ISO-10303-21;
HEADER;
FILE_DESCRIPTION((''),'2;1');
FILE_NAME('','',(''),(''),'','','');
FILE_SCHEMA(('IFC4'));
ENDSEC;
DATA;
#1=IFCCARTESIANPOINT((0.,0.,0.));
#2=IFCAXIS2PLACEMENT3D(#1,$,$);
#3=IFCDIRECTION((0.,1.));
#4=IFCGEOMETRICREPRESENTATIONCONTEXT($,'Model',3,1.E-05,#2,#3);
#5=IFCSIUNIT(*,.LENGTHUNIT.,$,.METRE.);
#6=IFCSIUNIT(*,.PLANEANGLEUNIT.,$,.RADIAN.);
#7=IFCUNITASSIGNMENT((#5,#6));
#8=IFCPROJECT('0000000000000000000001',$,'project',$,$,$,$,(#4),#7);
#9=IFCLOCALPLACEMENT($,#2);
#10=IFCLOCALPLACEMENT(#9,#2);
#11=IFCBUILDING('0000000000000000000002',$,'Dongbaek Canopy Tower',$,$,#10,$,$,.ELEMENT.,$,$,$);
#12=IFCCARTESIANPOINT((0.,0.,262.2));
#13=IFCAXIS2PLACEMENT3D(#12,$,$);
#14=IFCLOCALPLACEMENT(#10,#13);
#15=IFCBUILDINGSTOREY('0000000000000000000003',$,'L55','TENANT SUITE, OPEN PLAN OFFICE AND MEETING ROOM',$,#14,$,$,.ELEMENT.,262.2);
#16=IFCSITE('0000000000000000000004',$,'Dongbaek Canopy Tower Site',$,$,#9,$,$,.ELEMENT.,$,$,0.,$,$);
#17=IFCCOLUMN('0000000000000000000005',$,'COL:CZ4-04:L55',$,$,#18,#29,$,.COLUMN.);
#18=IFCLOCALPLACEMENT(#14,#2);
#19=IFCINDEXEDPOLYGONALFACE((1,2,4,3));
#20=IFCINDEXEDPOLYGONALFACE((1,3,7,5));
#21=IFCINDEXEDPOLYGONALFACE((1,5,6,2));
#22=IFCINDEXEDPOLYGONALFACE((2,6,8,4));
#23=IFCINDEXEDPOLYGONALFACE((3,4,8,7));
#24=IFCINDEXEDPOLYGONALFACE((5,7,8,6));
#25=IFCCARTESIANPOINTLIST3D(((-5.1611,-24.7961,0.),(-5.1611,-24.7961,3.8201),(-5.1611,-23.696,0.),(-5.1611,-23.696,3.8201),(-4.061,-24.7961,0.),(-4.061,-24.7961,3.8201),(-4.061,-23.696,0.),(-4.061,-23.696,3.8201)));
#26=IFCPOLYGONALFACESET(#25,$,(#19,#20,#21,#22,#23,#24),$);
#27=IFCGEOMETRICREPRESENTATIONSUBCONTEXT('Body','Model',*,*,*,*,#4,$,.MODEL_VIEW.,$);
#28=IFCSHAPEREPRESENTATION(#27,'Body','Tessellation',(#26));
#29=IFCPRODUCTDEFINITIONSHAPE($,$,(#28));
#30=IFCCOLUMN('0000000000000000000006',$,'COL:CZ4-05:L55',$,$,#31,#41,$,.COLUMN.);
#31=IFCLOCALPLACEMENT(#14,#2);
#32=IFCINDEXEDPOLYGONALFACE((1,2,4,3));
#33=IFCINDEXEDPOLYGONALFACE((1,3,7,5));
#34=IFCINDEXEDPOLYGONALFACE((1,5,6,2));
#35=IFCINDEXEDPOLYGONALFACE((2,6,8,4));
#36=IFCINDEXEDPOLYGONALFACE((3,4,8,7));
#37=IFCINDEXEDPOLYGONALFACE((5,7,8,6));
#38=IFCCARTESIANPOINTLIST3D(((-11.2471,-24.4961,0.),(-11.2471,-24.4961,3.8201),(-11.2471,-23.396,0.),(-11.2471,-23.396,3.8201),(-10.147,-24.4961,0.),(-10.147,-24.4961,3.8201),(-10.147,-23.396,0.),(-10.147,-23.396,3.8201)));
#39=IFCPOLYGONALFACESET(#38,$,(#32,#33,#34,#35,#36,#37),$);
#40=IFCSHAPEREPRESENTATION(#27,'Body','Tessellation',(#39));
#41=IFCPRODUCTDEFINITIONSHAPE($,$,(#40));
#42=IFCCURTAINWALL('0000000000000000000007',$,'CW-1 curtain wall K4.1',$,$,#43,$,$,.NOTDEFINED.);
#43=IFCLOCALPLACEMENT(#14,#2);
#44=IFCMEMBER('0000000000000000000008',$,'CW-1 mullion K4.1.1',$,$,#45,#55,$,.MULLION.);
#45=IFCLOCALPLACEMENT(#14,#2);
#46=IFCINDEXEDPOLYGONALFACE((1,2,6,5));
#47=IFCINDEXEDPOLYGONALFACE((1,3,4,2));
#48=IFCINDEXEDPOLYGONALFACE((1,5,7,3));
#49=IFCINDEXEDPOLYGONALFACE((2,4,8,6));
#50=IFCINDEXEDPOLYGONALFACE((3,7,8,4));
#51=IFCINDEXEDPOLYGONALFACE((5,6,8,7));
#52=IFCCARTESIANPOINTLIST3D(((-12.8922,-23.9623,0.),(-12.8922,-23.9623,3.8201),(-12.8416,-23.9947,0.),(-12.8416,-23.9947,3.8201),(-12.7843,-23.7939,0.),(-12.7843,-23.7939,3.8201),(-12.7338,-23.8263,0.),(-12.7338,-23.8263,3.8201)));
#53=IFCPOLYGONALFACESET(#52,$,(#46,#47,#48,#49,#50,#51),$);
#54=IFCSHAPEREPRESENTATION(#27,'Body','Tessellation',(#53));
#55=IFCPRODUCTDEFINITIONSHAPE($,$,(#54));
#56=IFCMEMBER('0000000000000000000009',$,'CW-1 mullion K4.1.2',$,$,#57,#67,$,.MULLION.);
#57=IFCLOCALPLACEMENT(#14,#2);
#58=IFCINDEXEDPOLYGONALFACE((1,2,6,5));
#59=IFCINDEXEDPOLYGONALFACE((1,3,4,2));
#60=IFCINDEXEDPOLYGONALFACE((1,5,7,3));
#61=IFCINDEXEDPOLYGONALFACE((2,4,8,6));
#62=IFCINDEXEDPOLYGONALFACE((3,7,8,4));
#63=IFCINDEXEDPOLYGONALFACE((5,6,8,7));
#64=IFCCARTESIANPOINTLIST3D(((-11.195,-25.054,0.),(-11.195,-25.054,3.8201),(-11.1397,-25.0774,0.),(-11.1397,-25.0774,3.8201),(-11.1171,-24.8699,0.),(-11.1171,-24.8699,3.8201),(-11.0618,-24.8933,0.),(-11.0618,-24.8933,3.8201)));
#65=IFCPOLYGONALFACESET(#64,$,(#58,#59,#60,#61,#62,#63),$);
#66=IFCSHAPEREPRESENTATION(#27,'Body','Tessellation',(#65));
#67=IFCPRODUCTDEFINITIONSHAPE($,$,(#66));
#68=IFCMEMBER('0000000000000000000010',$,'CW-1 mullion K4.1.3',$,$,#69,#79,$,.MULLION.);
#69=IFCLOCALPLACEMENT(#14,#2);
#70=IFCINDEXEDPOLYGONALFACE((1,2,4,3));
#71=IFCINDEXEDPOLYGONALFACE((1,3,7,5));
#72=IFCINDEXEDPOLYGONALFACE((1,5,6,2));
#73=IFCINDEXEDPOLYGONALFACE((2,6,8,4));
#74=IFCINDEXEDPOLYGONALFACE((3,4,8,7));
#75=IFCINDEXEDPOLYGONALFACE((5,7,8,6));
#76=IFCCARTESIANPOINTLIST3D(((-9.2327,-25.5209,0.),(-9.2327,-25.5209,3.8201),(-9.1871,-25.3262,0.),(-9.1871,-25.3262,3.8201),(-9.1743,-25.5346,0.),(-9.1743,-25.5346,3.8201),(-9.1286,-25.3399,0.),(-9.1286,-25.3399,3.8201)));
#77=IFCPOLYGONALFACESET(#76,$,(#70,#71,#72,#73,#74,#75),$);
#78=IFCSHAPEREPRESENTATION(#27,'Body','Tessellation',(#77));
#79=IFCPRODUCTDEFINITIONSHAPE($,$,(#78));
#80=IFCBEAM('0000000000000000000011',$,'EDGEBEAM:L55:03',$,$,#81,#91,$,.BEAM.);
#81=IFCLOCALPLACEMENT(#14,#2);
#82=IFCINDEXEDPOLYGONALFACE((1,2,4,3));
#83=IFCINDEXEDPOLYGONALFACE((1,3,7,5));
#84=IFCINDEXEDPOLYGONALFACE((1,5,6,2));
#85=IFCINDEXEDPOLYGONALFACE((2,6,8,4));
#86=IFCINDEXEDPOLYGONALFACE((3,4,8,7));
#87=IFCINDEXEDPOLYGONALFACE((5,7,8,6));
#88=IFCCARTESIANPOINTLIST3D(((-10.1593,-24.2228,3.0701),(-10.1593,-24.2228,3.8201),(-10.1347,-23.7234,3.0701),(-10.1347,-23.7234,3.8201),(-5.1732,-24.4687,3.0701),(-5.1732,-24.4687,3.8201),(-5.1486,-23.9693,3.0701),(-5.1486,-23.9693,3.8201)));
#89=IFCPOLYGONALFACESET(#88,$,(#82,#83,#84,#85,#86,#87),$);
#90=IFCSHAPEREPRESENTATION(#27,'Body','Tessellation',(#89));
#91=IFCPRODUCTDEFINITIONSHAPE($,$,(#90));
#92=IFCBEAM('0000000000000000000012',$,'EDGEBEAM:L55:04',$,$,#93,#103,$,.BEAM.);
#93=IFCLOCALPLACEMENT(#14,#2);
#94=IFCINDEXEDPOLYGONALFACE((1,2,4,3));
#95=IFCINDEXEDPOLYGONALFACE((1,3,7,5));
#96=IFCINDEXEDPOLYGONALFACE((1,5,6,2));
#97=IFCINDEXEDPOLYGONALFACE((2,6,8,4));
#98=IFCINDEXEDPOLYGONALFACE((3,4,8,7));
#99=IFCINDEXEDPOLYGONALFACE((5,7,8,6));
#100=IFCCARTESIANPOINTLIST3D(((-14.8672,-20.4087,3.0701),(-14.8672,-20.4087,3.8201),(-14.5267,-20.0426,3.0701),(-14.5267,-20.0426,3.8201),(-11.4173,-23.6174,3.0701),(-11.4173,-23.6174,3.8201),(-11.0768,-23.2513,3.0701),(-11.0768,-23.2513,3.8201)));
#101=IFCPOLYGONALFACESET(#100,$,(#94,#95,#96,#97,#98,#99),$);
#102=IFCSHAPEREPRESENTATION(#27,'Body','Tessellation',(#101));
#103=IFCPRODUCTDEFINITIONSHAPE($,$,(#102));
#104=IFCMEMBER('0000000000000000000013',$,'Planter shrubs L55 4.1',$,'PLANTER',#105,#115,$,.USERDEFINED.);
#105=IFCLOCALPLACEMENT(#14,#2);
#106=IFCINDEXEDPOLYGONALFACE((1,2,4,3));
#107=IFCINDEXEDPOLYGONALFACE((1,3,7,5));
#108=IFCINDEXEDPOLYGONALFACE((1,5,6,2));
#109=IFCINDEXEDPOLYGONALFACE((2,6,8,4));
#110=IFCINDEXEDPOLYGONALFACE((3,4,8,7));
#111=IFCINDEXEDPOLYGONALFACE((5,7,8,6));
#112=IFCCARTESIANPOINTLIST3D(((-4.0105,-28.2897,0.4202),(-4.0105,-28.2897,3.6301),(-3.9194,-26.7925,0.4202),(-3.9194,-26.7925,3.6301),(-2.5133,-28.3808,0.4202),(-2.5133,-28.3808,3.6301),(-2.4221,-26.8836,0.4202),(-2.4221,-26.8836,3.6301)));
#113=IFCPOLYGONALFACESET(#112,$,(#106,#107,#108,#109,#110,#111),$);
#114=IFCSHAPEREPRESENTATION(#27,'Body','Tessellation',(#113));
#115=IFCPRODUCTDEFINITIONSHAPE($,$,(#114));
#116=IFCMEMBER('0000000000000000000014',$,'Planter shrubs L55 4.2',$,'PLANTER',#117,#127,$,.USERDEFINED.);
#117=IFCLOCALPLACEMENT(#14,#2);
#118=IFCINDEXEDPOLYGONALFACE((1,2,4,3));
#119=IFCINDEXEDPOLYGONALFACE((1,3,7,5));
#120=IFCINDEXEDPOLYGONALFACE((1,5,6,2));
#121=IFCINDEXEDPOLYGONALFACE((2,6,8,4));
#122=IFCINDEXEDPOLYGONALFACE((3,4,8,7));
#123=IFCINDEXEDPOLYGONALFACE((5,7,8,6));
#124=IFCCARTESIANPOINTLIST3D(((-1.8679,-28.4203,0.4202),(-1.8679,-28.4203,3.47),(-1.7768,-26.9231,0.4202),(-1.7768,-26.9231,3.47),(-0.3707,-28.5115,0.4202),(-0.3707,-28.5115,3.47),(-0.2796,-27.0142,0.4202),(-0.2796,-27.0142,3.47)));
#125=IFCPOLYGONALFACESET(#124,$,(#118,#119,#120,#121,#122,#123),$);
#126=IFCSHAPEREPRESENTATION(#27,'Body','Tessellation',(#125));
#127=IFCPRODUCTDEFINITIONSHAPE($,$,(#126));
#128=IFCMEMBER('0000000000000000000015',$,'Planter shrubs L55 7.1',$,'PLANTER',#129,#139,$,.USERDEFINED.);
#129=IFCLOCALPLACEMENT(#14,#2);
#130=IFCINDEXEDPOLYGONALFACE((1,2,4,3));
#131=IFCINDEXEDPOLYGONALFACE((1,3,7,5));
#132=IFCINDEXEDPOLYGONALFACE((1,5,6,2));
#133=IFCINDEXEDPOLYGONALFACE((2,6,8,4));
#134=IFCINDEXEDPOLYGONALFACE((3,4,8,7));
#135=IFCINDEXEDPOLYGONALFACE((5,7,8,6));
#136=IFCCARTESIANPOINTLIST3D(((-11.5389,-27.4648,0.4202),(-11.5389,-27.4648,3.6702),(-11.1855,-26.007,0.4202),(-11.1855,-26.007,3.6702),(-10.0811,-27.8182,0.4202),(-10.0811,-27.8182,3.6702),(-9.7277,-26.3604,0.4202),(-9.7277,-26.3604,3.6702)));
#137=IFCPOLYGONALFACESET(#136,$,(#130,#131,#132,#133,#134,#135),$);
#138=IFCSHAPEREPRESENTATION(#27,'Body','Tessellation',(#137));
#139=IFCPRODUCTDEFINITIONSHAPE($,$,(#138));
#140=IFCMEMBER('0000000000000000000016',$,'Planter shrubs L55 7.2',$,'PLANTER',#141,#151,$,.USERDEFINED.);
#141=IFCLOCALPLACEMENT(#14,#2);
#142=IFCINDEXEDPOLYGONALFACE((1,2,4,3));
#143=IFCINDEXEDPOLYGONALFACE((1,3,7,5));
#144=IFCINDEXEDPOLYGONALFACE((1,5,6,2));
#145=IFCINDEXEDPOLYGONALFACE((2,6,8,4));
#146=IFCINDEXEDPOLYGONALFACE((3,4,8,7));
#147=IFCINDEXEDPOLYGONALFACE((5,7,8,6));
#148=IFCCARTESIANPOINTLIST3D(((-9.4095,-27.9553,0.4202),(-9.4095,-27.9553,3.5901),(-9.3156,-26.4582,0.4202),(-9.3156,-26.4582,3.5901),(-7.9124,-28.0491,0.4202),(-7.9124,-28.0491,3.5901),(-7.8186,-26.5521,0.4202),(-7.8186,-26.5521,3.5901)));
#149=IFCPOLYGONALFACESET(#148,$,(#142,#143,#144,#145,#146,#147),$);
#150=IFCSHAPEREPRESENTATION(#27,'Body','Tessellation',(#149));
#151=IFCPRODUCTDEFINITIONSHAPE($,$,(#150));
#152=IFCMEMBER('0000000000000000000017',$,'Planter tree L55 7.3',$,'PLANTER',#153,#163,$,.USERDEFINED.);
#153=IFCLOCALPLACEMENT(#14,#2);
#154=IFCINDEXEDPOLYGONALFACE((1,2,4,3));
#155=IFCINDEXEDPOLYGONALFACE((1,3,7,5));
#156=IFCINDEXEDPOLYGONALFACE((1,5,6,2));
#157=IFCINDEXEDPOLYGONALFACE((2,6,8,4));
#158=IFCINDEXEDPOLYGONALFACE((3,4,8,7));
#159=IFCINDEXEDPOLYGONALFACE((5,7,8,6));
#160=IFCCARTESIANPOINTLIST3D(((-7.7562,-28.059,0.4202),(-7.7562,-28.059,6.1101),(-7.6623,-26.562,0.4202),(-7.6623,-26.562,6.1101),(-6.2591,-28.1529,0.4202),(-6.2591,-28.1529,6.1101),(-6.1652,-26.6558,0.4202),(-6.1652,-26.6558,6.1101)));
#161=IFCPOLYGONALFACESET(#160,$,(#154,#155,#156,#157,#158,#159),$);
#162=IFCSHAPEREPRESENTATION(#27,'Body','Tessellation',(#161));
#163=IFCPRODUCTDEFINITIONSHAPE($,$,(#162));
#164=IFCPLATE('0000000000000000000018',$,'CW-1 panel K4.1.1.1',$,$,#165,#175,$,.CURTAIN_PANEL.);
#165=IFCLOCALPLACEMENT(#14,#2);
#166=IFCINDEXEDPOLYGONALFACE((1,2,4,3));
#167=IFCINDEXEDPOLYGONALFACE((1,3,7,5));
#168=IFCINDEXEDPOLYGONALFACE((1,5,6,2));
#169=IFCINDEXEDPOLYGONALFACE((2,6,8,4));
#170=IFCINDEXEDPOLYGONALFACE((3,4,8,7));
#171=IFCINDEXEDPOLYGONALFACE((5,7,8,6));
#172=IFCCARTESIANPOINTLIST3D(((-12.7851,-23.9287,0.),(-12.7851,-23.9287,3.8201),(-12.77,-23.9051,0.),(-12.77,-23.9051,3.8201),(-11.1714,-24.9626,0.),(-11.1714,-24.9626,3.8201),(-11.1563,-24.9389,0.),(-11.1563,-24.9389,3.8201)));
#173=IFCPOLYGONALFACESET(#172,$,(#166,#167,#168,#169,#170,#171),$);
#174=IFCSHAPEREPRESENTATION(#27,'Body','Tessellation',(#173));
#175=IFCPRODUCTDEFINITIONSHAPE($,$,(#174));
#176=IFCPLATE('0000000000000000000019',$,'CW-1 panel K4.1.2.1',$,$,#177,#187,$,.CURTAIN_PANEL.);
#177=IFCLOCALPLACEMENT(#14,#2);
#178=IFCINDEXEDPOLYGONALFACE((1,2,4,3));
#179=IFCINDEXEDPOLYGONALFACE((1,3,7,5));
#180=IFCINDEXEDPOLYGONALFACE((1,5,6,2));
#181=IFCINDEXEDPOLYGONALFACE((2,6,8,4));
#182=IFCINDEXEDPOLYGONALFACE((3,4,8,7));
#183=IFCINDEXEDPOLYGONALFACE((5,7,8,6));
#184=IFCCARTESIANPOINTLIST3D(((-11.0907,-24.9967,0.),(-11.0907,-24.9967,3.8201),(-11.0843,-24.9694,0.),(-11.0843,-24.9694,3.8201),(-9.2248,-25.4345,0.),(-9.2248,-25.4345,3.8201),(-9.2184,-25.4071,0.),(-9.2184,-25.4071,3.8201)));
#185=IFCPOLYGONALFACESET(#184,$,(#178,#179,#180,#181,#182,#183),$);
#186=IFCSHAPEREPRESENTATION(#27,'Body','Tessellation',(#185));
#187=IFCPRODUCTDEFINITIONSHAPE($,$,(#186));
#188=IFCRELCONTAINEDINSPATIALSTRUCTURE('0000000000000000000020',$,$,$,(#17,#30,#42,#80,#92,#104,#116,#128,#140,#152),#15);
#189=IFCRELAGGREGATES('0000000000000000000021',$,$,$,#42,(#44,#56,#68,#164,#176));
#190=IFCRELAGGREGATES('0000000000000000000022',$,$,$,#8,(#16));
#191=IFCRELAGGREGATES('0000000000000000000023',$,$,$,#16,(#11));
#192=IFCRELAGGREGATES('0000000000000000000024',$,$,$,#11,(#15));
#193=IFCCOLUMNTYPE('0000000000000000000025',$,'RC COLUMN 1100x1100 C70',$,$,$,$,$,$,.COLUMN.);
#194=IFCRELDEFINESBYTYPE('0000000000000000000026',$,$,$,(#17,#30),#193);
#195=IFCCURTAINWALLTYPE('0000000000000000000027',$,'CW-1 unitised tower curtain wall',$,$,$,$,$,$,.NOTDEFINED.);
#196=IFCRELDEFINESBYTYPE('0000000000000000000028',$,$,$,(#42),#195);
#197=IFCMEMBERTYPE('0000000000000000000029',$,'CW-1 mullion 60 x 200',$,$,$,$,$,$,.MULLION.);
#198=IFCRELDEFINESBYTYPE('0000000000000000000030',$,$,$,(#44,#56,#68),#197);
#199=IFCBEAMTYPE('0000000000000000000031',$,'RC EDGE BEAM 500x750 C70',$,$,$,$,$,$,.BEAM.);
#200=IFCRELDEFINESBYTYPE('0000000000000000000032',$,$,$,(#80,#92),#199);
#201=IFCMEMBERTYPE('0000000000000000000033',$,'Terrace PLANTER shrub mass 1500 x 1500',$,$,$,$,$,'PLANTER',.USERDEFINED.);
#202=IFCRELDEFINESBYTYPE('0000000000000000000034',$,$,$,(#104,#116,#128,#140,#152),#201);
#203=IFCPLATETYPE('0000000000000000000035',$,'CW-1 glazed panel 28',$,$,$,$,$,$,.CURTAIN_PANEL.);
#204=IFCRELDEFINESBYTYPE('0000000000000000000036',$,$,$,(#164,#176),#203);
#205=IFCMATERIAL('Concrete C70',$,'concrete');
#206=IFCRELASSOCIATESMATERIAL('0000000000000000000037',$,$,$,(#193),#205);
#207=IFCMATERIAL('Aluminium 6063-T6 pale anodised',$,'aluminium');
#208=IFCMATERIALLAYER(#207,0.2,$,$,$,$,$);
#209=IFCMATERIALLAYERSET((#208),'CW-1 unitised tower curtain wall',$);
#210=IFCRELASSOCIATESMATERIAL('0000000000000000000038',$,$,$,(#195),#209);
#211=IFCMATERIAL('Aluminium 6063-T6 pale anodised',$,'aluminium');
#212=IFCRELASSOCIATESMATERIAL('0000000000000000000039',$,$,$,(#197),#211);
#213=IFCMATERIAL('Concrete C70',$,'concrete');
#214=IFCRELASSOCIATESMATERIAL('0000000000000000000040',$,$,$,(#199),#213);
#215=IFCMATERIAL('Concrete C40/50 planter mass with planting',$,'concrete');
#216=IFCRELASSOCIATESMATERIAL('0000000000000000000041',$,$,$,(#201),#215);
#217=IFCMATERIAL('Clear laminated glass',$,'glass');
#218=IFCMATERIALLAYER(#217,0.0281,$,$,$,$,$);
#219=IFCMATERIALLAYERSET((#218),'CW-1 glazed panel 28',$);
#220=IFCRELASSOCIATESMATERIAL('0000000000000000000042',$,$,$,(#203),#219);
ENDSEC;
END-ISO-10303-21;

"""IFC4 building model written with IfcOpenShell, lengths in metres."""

from ifc_helpers import new_model, si_unit, direction, frame, origin, origin_2d, place, context, subcontext, project, spatial, rectangle, extrude, material, layer, layer_set, material_profile, profile_set, type_object, element, aggregate, save


model = new_model("IFC4")

# Units and contexts
model_context = context("Model", 3, precision=1e-05, world=origin(), true_north=direction((0.0, 1.0)))
body_context = subcontext(model_context, "Body", "Model", "MODEL_VIEW")
ifc_project = project(units=[si_unit("LENGTHUNIT", "METRE"), si_unit("PLANEANGLEUNIT", "RADIAN")], contexts=[model_context])

# Site, building, storey
site_placement = place(None, origin())
site = spatial("IfcSite", under=ifc_project, at=site_placement, Name="Dongbaek Canopy Tower Site", CompositionType="ELEMENT", RefElevation=0.0)
building_placement = place(site_placement, origin())
building = spatial("IfcBuilding", under=site, at=building_placement, Name="Dongbaek Canopy Tower", CompositionType="ELEMENT")
storey_placement = place(building_placement, frame((0.0, 0.0, 262.2)))
storey = spatial("IfcBuildingStorey", under=building, at=storey_placement, Name="L55", Description="TENANT SUITE, OPEN PLAN OFFICE AND MEETING ROOM", CompositionType="ELEMENT", Elevation=262.2)

# Columns
ifc_material_1 = material(Name="Concrete C70", Category="concrete")
ifc_material_profile_1 = material_profile(ifc_material_1, rectangle(XDim=1.1001, YDim=1.1001, at=origin_2d()), Name="RC COLUMN 1100x1100 C70")
ifc_profile_set_1 = profile_set([ifc_material_profile_1], Name="Concrete C70")
column_type = type_object("IfcColumnType", Name="RC COLUMN 1100x1100 C70", PredefinedType="COLUMN", material=ifc_profile_set_1)
for number, where, z_axis, x_axis, name in (
    (1, (-4.6111, -24.2461, 0.0), (0.0, 0.0, 1.0), (1.0, 0.0, 0.0), "COL:CZ4-04:L55"),
    (2, (-10.697, -23.946, 0.0), (0.0, 0.0, 1.0), (1.0, 0.0, 0.0), "COL:CZ4-05:L55"),
):
    element("IfcColumn", number, at=place(storey_placement, frame(where, z_axis=z_axis, x_axis=x_axis)), inside=storey, type_object=column_type, Name=name, PredefinedType="COLUMN", context=body_context, shape_type="SweptSolid", body=[
        extrude(rectangle(XDim=1.1001, YDim=1.1001, at=origin_2d()), origin(), (0.0, 0.0, 1.0), 3.8201),
    ])

# Curtain wall, members
ifc_material_2 = material(Name="Aluminium 6063-T6 pale anodised", Category="aluminium")
ifc_layer_1 = layer(ifc_material_2, 0.2)
ifc_layer_set_1 = layer_set([ifc_layer_1], Name="CW-1 unitised tower curtain wall")
curtain_wall_type = type_object("IfcCurtainWallType", Name="CW-1 unitised tower curtain wall", PredefinedType="NOTDEFINED", material=ifc_layer_set_1)
curtain_wall_placement = place(storey_placement, origin())
curtain_wall = element("IfcCurtainWall", 3, at=curtain_wall_placement, inside=storey, type_object=curtain_wall_type, Name="CW-1 curtain wall K4.1", PredefinedType="NOTDEFINED")
ifc_material_3 = material(Name="Aluminium 6063-T6 pale anodised", Category="aluminium")
ifc_material_profile_2 = material_profile(ifc_material_3, rectangle(XDim=0.2, YDim=0.0601, at=origin_2d()), Name="CW-1 mullion 60 x 200")
ifc_profile_set_2 = profile_set([ifc_material_profile_2], Name="Aluminium 6063-T6 pale anodised")
member_type_1 = type_object("IfcMemberType", Name="CW-1 mullion 60 x 200", PredefinedType="MULLION", material=ifc_profile_set_2)
member_1_placement = place(storey_placement, frame((-12.813, -23.8943, 0.0), z_axis=(0.0, 0.0, 1.0), x_axis=(-0.539448, -0.842019, 0.0)))
member_1 = element("IfcMember", 4, at=member_1_placement, type_object=member_type_1, Name="CW-1 mullion K4.1.1", PredefinedType="MULLION", context=body_context, shape_type="SweptSolid", body=[
    extrude(rectangle(XDim=0.2, YDim=0.0601, at=origin_2d()), origin(), (0.0, 0.0, 1.0), 3.8201),
])
member_2_placement = place(storey_placement, frame((-11.1284, -24.9736, 0.0), z_axis=(0.0, 0.0, 1.0), x_axis=(-0.389524, -0.921016, 0.0)))
member_2 = element("IfcMember", 5, at=member_2_placement, type_object=member_type_1, Name="CW-1 mullion K4.1.2", PredefinedType="MULLION", context=body_context, shape_type="SweptSolid", body=[
    extrude(rectangle(XDim=0.2, YDim=0.0601, at=origin_2d()), origin(), (0.0, 0.0, 1.0), 3.8201),
])
member_3_placement = place(storey_placement, frame((-9.1807, -25.4304, 0.0), z_axis=(0.0, 0.0, 1.0), x_axis=(-0.228415, -0.973564, 0.0)))
member_3 = element("IfcMember", 6, at=member_3_placement, type_object=member_type_1, Name="CW-1 mullion K4.1.3", PredefinedType="MULLION", context=body_context, shape_type="SweptSolid", body=[
    extrude(rectangle(XDim=0.2, YDim=0.0601, at=origin_2d()), origin(), (0.0, 0.0, 1.0), 3.8201),
])

# Beams
ifc_material_4 = material(Name="Concrete C70", Category="concrete")
ifc_material_profile_3 = material_profile(ifc_material_4, rectangle(XDim=0.5, YDim=0.75, at=origin_2d()), Name="RC EDGE BEAM 500x750 C70")
ifc_profile_set_3 = profile_set([ifc_material_profile_3], Name="Concrete C70")
beam_type = type_object("IfcBeamType", Name="RC EDGE BEAM 500x750 C70", PredefinedType="BEAM", material=ifc_profile_set_3)
beam_1_placement = place(storey_placement, frame((-5.1609, -24.219, 3.4451), z_axis=(-0.998787, 0.049247, 0.0), x_axis=(-0.049247, -0.998787, 0.0)))
element("IfcBeam", 7, at=beam_1_placement, inside=storey, type_object=beam_type, Name="EDGEBEAM:L55:03", PredefinedType="BEAM", context=body_context, shape_type="SweptSolid", body=[
    extrude(rectangle(XDim=0.5, YDim=0.75, at=origin_2d()), origin(), (0.0, 0.0, 1.0), 4.9922),
])
beam_2_placement = place(storey_placement, frame((-11.2471, -23.4343, 3.4451), z_axis=(-0.732241, 0.681045, 0.0), x_axis=(-0.681045, -0.732241, 0.0)))
element("IfcBeam", 8, at=beam_2_placement, inside=storey, type_object=beam_type, Name="EDGEBEAM:L55:04", PredefinedType="BEAM", context=body_context, shape_type="SweptSolid", body=[
    extrude(rectangle(XDim=0.5, YDim=0.75, at=origin_2d()), origin(), (0.0, 0.0, 1.0), 4.7114),
])

# Members
ifc_material_5 = material(Name="Concrete C40/50 planter mass with planting", Category="concrete")
ifc_material_profile_4 = material_profile(ifc_material_5, rectangle(XDim=1.5, YDim=1.5, at=origin_2d()), Name="Terrace PLANTER shrub mass 1500 x 1500")
ifc_profile_set_4 = profile_set([ifc_material_profile_4], Name="Concrete C40/50 planter mass with planting")
member_type_2 = type_object("IfcMemberType", Name="Terrace PLANTER shrub mass 1500 x 1500", ElementType="PLANTER", PredefinedType="USERDEFINED", material=ifc_profile_set_4)
member_4_placement = place(storey_placement, frame((-3.2163, -27.5867, 0.4202), z_axis=(0.0, 0.0, 1.0), x_axis=(-0.060746, -0.998153, 0.0)))
element("IfcMember", 9, at=member_4_placement, inside=storey, type_object=member_type_2, Name="Planter shrubs L55 4.1", ObjectType="PLANTER", PredefinedType="USERDEFINED", context=body_context, shape_type="SweptSolid", body=[
    extrude(rectangle(XDim=1.5, YDim=1.5, at=origin_2d()), origin(), (0.0, 0.0, 1.0), 3.21),
])
member_5_placement = place(storey_placement, frame((-1.0737, -27.7173, 0.4202), z_axis=(0.0, 0.0, 1.0), x_axis=(-0.060746, -0.998153, 0.0)))
element("IfcMember", 10, at=member_5_placement, inside=storey, type_object=member_type_2, Name="Planter shrubs L55 4.2", ObjectType="PLANTER", PredefinedType="USERDEFINED", context=body_context, shape_type="SweptSolid", body=[
    extrude(rectangle(XDim=1.5, YDim=1.5, at=origin_2d()), origin(), (0.0, 0.0, 1.0), 3.0498),
])
member_6_placement = place(storey_placement, frame((-10.6333, -26.9126, 0.4202), z_axis=(0.0, 0.0, 1.0), x_axis=(-0.235622, -0.971845, 0.0)))
element("IfcMember", 11, at=member_6_placement, inside=storey, type_object=member_type_2, Name="Planter shrubs L55 7.1", ObjectType="PLANTER", PredefinedType="USERDEFINED", context=body_context, shape_type="SweptSolid", body=[
    extrude(rectangle(XDim=1.5, YDim=1.5, at=origin_2d()), origin(), (0.0, 0.0, 1.0), 3.25),
])
member_7_placement = place(storey_placement, frame((-8.614, -27.2537, 0.4202), z_axis=(0.0, 0.0, 1.0), x_axis=(-0.062577, -0.99804, 0.0)))
element("IfcMember", 12, at=member_7_placement, inside=storey, type_object=member_type_2, Name="Planter shrubs L55 7.2", ObjectType="PLANTER", PredefinedType="USERDEFINED", context=body_context, shape_type="SweptSolid", body=[
    extrude(rectangle(XDim=1.5, YDim=1.5, at=origin_2d()), origin(), (0.0, 0.0, 1.0), 3.1699),
])
member_8_placement = place(storey_placement, frame((-6.9607, -27.3574, 0.4202), z_axis=(0.0, 0.0, 1.0), x_axis=(-0.062577, -0.99804, 0.0)))
element("IfcMember", 13, at=member_8_placement, inside=storey, type_object=member_type_2, Name="Planter tree L55 7.3", ObjectType="PLANTER", PredefinedType="USERDEFINED", context=body_context, shape_type="SweptSolid", body=[
    extrude(rectangle(XDim=1.5, YDim=1.5, at=origin_2d()), origin(), (0.0, 0.0, 1.0), 5.6899),
])

# Plates
ifc_material_6 = material(Name="Clear laminated glass", Category="glass")
ifc_layer_2 = layer(ifc_material_6, 0.0281)
ifc_layer_set_2 = layer_set([ifc_layer_2], Name="CW-1 glazed panel 28")
plate_type = type_object("IfcPlateType", Name="CW-1 glazed panel 28", PredefinedType="CURTAIN_PANEL", material=ifc_layer_set_2)
plate_1_placement = place(storey_placement, frame((-11.9707, -24.4338, 0.0), z_axis=(0.0, 0.0, 1.0), x_axis=(0.842019, -0.539448, 0.0)))
plate_1 = element("IfcPlate", 14, at=plate_1_placement, type_object=plate_type, Name="CW-1 panel K4.1.1.1", PredefinedType="CURTAIN_PANEL", context=body_context, shape_type="SweptSolid", body=[
    extrude(rectangle(XDim=1.9165, YDim=0.0281, at=origin_2d()), origin(), (0.0, 0.0, 1.0), 3.8201),
])
plate_2_placement = place(storey_placement, frame((-10.1545, -25.2019, 0.0), z_axis=(0.0, 0.0, 1.0), x_axis=(0.973564, -0.228415, 0.0)))
plate_2 = element("IfcPlate", 15, at=plate_2_placement, type_object=plate_type, Name="CW-1 panel K4.1.2.1", PredefinedType="CURTAIN_PANEL", context=body_context, shape_type="SweptSolid", body=[
    extrude(rectangle(XDim=1.9165, YDim=0.0281, at=origin_2d()), origin(), (0.0, 0.0, 1.0), 3.8201),
])
aggregate(curtain_wall, [member_1, member_2, member_3, plate_1, plate_2])

save(model, "model.ifc")
